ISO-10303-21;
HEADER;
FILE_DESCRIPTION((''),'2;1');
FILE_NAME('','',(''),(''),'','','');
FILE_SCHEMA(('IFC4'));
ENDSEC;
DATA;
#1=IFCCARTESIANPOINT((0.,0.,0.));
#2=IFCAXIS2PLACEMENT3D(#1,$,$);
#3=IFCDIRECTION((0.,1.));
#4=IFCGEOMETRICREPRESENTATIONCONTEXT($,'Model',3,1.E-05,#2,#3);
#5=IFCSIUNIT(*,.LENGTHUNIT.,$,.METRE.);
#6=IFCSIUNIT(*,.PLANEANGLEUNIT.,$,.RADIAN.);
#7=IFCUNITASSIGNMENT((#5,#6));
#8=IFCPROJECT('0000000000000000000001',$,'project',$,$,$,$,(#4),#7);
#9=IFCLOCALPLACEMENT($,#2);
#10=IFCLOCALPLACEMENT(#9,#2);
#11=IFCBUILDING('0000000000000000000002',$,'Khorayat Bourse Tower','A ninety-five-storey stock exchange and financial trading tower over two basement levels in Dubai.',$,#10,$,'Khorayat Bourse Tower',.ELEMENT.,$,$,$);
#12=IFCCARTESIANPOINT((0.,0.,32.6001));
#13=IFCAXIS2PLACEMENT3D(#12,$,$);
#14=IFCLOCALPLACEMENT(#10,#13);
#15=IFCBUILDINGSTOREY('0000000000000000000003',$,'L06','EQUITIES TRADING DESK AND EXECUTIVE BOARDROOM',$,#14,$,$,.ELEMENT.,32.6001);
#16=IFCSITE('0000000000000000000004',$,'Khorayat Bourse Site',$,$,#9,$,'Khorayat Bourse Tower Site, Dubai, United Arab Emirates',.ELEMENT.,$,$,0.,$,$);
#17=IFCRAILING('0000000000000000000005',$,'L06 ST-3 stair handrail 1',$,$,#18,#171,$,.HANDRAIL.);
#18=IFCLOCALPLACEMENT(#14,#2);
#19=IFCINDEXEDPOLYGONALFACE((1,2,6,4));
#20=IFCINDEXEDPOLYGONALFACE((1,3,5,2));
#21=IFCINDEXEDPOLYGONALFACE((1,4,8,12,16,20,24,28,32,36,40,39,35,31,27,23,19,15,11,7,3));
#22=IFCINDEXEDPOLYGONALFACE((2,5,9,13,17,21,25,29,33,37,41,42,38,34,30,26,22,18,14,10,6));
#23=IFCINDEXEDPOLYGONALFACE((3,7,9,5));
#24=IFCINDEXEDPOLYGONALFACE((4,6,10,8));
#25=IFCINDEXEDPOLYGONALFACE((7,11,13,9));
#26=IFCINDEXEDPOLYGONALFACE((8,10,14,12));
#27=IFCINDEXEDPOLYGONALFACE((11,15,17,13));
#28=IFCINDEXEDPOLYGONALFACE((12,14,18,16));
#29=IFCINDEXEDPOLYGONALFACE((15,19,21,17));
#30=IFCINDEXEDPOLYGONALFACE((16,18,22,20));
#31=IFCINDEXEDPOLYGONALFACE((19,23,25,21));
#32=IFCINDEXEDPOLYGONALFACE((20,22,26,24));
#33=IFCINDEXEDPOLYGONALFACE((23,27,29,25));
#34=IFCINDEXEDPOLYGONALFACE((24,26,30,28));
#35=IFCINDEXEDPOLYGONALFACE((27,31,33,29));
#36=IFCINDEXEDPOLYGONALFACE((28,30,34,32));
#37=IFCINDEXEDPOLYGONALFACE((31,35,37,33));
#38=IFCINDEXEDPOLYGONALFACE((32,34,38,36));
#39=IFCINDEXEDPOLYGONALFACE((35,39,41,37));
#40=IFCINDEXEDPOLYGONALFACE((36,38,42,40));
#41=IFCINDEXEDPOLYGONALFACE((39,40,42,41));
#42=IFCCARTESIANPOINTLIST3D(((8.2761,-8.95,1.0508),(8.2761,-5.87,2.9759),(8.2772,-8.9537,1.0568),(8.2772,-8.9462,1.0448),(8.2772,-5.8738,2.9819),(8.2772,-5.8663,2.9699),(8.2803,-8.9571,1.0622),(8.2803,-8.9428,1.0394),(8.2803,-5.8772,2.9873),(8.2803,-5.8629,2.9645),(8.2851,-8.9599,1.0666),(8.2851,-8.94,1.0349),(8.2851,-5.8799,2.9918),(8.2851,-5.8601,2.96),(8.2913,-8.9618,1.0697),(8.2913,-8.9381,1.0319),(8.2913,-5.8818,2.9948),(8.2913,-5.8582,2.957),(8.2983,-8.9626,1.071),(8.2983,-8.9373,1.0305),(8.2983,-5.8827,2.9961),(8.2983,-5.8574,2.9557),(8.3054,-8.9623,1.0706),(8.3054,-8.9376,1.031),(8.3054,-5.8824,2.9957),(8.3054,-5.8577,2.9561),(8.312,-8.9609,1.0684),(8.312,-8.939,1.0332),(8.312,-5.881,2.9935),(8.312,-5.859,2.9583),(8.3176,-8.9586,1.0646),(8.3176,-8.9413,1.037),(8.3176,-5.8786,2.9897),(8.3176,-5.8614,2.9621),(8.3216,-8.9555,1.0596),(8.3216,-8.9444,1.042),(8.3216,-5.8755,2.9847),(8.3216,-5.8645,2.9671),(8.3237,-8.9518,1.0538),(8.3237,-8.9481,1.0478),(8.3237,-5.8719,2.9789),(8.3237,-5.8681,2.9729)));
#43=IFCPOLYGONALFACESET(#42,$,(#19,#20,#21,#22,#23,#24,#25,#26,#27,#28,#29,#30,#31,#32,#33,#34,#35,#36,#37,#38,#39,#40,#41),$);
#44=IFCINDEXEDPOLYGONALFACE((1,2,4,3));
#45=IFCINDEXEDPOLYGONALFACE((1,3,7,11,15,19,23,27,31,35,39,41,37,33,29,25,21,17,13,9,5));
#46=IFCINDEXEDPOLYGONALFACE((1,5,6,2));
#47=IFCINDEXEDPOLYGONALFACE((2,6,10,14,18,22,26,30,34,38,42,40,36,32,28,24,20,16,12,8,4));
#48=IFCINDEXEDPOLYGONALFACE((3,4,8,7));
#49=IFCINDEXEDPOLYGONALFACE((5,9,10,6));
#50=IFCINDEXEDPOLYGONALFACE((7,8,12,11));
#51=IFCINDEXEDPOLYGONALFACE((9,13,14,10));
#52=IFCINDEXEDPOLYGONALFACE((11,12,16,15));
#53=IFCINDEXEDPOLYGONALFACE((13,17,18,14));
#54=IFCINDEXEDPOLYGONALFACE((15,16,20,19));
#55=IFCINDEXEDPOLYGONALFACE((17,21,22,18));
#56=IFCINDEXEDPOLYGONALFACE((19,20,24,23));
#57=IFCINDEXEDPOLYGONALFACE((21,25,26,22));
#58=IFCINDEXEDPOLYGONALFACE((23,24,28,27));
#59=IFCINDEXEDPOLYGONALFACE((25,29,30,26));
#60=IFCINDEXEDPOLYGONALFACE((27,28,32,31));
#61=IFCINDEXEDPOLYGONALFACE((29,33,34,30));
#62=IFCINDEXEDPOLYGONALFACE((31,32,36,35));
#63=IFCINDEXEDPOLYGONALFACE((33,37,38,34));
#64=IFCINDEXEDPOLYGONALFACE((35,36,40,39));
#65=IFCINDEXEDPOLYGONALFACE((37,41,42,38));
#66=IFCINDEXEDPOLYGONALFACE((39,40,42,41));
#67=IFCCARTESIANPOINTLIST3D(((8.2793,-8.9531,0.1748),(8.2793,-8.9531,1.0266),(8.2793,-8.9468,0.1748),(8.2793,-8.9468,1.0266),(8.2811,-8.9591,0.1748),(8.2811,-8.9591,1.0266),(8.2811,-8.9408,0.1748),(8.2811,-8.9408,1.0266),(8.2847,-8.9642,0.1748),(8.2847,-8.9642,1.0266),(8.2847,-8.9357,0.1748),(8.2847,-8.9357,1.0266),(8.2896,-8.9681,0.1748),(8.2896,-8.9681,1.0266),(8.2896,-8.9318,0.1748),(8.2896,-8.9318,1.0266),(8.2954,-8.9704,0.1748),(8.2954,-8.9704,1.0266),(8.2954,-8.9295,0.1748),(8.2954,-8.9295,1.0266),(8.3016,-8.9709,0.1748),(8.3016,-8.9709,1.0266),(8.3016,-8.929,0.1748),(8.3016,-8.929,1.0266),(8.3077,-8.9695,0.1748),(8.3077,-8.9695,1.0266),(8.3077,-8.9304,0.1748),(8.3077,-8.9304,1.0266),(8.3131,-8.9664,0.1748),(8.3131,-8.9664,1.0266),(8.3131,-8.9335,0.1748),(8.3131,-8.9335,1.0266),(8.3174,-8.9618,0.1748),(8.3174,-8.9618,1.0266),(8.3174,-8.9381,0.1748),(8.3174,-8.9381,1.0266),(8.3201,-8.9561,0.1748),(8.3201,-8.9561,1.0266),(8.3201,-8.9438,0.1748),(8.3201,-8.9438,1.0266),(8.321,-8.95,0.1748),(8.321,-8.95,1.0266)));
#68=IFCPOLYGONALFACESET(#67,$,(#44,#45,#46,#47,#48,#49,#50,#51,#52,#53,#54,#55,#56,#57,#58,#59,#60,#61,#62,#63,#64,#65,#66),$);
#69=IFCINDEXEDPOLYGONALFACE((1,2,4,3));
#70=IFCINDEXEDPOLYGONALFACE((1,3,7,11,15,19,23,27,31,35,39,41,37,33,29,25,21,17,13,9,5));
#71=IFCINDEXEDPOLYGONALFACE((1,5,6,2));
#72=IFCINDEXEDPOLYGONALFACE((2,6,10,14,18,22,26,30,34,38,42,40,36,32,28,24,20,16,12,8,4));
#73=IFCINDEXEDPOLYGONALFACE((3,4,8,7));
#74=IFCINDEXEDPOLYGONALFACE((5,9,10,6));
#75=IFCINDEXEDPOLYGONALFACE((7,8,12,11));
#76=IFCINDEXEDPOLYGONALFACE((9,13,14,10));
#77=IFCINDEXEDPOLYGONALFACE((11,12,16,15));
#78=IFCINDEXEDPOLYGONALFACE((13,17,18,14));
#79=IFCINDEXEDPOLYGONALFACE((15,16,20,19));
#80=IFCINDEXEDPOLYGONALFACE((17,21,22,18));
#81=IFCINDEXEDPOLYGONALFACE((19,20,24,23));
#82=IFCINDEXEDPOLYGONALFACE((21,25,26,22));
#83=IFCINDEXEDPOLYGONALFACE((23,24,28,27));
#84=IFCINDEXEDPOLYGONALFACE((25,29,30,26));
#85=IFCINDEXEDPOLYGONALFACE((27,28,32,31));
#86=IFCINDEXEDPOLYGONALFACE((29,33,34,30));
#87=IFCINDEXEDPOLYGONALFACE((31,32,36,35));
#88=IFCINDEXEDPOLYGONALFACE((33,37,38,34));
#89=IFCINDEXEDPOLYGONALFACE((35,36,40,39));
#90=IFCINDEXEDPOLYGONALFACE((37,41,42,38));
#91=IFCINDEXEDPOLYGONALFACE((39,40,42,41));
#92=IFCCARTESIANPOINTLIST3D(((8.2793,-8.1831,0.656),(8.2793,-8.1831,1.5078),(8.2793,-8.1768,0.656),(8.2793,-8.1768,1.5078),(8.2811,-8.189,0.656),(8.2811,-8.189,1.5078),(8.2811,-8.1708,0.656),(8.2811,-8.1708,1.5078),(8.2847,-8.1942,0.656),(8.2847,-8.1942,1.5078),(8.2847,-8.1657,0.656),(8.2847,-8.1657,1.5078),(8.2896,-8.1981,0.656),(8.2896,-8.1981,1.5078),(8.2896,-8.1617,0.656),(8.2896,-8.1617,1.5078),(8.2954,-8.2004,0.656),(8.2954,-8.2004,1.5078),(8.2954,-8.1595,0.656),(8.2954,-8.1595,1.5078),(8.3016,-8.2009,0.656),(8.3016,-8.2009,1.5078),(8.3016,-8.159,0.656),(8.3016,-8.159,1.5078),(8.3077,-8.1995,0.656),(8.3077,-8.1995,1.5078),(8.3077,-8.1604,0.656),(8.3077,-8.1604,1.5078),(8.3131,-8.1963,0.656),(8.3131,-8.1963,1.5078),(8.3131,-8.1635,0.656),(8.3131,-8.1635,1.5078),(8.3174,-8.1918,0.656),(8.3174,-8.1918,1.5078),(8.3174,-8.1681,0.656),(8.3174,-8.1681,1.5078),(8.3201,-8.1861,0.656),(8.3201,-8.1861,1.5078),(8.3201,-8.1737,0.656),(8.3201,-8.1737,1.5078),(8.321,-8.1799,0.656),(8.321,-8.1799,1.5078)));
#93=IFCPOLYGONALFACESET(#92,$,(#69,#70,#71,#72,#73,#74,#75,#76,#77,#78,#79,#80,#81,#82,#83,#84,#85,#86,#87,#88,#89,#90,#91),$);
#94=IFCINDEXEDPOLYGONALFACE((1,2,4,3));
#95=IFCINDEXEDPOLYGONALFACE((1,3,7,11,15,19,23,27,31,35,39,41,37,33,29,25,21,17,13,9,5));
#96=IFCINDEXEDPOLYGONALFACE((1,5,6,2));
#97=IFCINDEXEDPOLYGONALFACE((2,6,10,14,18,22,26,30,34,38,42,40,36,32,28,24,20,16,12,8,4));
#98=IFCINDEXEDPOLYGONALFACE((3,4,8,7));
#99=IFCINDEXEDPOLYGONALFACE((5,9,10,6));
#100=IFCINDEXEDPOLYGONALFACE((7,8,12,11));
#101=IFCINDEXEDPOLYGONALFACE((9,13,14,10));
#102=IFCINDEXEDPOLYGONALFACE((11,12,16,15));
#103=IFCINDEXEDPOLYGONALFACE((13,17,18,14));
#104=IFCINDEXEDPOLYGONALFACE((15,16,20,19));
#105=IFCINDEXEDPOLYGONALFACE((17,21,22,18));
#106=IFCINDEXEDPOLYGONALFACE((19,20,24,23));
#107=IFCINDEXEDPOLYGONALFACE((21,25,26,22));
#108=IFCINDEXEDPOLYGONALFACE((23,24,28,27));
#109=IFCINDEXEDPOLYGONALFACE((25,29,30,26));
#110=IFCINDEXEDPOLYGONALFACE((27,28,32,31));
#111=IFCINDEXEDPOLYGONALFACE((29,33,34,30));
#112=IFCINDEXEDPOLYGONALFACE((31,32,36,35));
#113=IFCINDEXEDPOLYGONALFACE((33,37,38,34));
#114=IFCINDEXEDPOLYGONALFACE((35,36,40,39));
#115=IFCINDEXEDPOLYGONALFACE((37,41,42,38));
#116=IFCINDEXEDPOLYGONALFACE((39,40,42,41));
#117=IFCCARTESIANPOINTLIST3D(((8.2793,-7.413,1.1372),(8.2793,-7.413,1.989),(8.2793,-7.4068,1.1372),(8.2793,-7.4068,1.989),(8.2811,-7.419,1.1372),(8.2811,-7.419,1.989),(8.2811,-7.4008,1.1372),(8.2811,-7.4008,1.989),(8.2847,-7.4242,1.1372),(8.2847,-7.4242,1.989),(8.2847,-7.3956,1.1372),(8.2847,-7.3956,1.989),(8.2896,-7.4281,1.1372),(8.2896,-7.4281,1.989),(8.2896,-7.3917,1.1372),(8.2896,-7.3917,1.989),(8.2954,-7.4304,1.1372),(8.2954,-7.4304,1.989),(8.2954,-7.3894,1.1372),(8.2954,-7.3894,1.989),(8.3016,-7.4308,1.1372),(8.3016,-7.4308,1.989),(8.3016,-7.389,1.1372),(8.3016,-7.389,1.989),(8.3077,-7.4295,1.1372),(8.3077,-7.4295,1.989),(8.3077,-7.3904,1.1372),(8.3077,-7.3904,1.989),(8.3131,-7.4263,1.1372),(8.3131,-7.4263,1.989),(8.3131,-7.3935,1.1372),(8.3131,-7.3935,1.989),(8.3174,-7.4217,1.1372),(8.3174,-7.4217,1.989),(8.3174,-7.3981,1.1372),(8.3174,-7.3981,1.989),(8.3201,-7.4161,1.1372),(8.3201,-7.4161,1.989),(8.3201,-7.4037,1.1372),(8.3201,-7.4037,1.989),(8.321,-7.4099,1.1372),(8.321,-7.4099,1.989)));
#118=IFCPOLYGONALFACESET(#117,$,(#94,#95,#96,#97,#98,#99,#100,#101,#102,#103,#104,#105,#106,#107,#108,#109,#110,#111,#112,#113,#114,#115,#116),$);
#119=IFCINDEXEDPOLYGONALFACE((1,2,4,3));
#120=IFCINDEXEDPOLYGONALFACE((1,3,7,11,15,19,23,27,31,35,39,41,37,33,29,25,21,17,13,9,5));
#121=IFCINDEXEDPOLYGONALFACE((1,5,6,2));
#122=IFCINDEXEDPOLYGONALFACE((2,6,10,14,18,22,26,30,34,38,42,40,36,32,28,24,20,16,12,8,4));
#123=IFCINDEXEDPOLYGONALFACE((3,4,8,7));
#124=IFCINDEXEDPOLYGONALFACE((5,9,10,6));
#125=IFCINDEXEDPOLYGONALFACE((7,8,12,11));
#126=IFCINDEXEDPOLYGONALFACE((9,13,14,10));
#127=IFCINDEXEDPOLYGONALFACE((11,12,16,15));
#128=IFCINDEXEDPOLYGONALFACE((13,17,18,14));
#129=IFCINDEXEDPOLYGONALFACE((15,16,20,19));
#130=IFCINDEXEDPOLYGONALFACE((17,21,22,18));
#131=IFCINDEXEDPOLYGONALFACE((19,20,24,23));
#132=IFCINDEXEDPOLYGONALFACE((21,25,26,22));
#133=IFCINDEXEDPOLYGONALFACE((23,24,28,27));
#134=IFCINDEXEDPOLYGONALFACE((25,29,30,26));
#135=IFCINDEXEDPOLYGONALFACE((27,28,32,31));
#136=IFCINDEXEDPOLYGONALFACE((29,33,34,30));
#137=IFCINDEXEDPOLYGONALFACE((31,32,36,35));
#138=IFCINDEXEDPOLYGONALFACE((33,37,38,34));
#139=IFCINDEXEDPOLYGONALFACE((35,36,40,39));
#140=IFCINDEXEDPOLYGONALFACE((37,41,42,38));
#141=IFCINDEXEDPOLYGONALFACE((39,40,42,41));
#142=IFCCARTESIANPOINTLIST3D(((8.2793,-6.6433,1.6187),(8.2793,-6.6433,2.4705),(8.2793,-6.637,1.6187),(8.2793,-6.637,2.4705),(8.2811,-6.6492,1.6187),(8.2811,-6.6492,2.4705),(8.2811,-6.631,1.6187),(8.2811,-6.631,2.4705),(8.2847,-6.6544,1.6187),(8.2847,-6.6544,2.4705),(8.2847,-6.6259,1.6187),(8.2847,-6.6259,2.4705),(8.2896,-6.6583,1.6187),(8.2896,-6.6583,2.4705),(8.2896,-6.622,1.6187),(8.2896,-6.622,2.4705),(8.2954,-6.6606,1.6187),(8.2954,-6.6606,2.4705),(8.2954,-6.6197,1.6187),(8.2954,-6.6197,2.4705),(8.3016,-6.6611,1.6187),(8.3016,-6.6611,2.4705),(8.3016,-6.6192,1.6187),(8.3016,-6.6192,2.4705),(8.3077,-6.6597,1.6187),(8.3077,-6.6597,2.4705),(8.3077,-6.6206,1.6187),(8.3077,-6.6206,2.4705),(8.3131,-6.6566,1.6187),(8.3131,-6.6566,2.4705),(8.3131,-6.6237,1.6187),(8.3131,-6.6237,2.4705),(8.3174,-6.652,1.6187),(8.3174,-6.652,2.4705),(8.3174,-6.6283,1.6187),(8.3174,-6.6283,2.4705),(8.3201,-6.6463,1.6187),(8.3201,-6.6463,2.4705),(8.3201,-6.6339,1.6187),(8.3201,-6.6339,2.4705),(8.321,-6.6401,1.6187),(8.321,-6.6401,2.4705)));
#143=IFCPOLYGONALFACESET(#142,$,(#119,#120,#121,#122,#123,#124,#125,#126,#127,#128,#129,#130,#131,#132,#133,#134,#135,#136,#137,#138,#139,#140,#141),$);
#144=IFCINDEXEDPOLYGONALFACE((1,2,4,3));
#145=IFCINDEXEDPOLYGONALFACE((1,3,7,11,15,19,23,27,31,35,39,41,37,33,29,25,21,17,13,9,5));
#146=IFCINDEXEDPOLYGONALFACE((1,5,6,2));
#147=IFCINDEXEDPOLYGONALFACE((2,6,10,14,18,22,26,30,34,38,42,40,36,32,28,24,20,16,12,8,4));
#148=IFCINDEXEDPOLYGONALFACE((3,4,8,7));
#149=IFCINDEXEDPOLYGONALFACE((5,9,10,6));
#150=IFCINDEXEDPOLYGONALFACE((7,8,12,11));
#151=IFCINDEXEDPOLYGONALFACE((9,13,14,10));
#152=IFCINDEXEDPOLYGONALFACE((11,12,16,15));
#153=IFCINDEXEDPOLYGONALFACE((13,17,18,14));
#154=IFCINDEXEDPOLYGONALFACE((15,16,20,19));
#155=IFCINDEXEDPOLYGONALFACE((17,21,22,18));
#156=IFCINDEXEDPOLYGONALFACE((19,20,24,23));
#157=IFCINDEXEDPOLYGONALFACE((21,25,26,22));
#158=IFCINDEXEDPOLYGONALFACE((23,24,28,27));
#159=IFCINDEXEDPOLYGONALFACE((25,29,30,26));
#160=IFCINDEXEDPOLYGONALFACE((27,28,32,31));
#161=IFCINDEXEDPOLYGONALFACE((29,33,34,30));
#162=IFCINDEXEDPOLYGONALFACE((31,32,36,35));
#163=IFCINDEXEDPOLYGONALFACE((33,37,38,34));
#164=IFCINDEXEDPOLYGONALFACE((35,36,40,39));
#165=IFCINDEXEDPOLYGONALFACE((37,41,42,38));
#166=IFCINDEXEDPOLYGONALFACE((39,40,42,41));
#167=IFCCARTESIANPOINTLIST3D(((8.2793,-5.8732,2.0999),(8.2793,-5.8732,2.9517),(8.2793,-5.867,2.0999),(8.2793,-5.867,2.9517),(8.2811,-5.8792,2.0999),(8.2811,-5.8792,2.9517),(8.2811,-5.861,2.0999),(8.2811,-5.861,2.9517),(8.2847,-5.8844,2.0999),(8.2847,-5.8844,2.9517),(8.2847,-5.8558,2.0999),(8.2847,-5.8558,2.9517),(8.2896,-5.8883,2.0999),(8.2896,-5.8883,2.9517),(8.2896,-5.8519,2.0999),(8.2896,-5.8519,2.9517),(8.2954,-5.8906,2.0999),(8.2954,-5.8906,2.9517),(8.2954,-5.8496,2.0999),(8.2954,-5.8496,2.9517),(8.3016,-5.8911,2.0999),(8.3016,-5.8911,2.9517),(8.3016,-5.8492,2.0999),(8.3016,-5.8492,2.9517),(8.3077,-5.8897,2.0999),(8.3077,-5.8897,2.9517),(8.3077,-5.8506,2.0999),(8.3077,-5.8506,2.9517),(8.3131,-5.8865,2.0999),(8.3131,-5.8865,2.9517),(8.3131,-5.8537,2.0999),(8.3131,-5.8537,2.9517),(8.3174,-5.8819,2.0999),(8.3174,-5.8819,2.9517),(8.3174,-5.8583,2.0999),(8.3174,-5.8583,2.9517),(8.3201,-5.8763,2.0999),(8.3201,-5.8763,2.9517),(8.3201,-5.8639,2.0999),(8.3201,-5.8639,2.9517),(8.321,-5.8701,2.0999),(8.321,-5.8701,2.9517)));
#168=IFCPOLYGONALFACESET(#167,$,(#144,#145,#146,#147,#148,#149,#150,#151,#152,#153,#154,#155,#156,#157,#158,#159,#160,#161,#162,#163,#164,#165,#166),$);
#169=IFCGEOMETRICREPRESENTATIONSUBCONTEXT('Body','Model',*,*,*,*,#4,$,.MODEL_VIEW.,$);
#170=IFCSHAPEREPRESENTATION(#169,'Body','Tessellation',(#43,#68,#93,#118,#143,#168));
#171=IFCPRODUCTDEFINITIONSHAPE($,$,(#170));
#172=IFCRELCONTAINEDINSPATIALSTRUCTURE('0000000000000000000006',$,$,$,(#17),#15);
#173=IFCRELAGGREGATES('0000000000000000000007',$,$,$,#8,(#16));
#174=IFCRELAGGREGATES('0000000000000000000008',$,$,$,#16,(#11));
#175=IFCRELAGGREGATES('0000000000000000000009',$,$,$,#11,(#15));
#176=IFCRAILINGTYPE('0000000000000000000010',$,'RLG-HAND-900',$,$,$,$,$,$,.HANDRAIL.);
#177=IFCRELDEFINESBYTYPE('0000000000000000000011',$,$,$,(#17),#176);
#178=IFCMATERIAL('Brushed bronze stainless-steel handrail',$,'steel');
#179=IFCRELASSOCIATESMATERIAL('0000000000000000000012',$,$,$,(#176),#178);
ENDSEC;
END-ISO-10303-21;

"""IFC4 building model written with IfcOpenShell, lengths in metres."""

from ifc_helpers import new_model, si_unit, direction, frame, origin, origin_2d, place, context, subcontext, project, spatial, circle, extrude, source, transform, mapped, material, type_object, element, save


model = new_model("IFC4")

# Units and contexts
model_context = context("Model", 3, precision=1e-05, world=origin(), true_north=direction((0.0, 1.0)))
body_context = subcontext(model_context, "Body", "Model", "MODEL_VIEW")
ifc_project = project(units=[si_unit("LENGTHUNIT", "METRE"), si_unit("PLANEANGLEUNIT", "RADIAN")], contexts=[model_context])

# Site, building, storey
site_placement = place(None, origin())
site = spatial("IfcSite", under=ifc_project, at=site_placement, Name="Khorayat Bourse Site", LongName="Khorayat Bourse Tower Site, Dubai, United Arab Emirates", CompositionType="ELEMENT", RefElevation=0.0)
building_placement = place(site_placement, origin())
building = spatial("IfcBuilding", under=site, at=building_placement, Name="Khorayat Bourse Tower", Description="A ninety-five-storey stock exchange and financial trading tower over two basement levels in Dubai.", LongName="Khorayat Bourse Tower", CompositionType="ELEMENT")
storey_placement = place(building_placement, frame((0.0, 0.0, 32.6001)))
storey = spatial("IfcBuildingStorey", under=building, at=storey_placement, Name="L06", Description="EQUITIES TRADING DESK AND EXECUTIVE BOARDROOM", CompositionType="ELEMENT", Elevation=32.6001)

# Railing
ifc_material_1 = material(Name="Brushed bronze stainless-steel handrail", Category="steel")
railing_type_1 = type_object("IfcRailingType", Name="RLG-HAND-900", PredefinedType="HANDRAIL", material=ifc_material_1)
shared_shape_1 = source(origin(), body_context, "Body", "SweptSolid", [
    extrude(circle(Radius=0.0239, at=origin_2d()), frame((0.0, 0.0, 0.876), z_axis=(0.0, 0.847979, 0.530029), x_axis=(-1.0, 0.0, 0.0)), (0.0, 0.0, 1.0), 3.6321),
    extrude(circle(Radius=0.021, at=origin_2d()), origin(), (0.0, 0.0, 1.0), 0.8518),
    extrude(circle(Radius=0.021, at=origin_2d()), frame((0.0, 0.77, 0.4812)), (0.0, 0.0, 1.0), 0.8518),
    extrude(circle(Radius=0.021, at=origin_2d()), frame((0.0, 1.54, 0.9624)), (0.0, 0.0, 1.0), 0.8518),
    extrude(circle(Radius=0.021, at=origin_2d()), frame((0.0, 2.3098, 1.4438)), (0.0, 0.0, 1.0), 0.8518),
    extrude(circle(Radius=0.021, at=origin_2d()), frame((0.0, 3.0798, 1.925)), (0.0, 0.0, 1.0), 0.8518),
])
railing_1_placement = place(storey_placement, frame((8.3, -8.95, 0.1748)))
element("IfcRailing", 1, at=railing_1_placement, inside=storey, type_object=railing_type_1, Name="L06 ST-3 stair handrail 1", PredefinedType="HANDRAIL", context=body_context, shape_type="MappedRepresentation", body=[
    mapped(shared_shape_1, transform((0.0, 0.0, 0.0), scale=1.0)),
])

save(model, "model.ifc")
